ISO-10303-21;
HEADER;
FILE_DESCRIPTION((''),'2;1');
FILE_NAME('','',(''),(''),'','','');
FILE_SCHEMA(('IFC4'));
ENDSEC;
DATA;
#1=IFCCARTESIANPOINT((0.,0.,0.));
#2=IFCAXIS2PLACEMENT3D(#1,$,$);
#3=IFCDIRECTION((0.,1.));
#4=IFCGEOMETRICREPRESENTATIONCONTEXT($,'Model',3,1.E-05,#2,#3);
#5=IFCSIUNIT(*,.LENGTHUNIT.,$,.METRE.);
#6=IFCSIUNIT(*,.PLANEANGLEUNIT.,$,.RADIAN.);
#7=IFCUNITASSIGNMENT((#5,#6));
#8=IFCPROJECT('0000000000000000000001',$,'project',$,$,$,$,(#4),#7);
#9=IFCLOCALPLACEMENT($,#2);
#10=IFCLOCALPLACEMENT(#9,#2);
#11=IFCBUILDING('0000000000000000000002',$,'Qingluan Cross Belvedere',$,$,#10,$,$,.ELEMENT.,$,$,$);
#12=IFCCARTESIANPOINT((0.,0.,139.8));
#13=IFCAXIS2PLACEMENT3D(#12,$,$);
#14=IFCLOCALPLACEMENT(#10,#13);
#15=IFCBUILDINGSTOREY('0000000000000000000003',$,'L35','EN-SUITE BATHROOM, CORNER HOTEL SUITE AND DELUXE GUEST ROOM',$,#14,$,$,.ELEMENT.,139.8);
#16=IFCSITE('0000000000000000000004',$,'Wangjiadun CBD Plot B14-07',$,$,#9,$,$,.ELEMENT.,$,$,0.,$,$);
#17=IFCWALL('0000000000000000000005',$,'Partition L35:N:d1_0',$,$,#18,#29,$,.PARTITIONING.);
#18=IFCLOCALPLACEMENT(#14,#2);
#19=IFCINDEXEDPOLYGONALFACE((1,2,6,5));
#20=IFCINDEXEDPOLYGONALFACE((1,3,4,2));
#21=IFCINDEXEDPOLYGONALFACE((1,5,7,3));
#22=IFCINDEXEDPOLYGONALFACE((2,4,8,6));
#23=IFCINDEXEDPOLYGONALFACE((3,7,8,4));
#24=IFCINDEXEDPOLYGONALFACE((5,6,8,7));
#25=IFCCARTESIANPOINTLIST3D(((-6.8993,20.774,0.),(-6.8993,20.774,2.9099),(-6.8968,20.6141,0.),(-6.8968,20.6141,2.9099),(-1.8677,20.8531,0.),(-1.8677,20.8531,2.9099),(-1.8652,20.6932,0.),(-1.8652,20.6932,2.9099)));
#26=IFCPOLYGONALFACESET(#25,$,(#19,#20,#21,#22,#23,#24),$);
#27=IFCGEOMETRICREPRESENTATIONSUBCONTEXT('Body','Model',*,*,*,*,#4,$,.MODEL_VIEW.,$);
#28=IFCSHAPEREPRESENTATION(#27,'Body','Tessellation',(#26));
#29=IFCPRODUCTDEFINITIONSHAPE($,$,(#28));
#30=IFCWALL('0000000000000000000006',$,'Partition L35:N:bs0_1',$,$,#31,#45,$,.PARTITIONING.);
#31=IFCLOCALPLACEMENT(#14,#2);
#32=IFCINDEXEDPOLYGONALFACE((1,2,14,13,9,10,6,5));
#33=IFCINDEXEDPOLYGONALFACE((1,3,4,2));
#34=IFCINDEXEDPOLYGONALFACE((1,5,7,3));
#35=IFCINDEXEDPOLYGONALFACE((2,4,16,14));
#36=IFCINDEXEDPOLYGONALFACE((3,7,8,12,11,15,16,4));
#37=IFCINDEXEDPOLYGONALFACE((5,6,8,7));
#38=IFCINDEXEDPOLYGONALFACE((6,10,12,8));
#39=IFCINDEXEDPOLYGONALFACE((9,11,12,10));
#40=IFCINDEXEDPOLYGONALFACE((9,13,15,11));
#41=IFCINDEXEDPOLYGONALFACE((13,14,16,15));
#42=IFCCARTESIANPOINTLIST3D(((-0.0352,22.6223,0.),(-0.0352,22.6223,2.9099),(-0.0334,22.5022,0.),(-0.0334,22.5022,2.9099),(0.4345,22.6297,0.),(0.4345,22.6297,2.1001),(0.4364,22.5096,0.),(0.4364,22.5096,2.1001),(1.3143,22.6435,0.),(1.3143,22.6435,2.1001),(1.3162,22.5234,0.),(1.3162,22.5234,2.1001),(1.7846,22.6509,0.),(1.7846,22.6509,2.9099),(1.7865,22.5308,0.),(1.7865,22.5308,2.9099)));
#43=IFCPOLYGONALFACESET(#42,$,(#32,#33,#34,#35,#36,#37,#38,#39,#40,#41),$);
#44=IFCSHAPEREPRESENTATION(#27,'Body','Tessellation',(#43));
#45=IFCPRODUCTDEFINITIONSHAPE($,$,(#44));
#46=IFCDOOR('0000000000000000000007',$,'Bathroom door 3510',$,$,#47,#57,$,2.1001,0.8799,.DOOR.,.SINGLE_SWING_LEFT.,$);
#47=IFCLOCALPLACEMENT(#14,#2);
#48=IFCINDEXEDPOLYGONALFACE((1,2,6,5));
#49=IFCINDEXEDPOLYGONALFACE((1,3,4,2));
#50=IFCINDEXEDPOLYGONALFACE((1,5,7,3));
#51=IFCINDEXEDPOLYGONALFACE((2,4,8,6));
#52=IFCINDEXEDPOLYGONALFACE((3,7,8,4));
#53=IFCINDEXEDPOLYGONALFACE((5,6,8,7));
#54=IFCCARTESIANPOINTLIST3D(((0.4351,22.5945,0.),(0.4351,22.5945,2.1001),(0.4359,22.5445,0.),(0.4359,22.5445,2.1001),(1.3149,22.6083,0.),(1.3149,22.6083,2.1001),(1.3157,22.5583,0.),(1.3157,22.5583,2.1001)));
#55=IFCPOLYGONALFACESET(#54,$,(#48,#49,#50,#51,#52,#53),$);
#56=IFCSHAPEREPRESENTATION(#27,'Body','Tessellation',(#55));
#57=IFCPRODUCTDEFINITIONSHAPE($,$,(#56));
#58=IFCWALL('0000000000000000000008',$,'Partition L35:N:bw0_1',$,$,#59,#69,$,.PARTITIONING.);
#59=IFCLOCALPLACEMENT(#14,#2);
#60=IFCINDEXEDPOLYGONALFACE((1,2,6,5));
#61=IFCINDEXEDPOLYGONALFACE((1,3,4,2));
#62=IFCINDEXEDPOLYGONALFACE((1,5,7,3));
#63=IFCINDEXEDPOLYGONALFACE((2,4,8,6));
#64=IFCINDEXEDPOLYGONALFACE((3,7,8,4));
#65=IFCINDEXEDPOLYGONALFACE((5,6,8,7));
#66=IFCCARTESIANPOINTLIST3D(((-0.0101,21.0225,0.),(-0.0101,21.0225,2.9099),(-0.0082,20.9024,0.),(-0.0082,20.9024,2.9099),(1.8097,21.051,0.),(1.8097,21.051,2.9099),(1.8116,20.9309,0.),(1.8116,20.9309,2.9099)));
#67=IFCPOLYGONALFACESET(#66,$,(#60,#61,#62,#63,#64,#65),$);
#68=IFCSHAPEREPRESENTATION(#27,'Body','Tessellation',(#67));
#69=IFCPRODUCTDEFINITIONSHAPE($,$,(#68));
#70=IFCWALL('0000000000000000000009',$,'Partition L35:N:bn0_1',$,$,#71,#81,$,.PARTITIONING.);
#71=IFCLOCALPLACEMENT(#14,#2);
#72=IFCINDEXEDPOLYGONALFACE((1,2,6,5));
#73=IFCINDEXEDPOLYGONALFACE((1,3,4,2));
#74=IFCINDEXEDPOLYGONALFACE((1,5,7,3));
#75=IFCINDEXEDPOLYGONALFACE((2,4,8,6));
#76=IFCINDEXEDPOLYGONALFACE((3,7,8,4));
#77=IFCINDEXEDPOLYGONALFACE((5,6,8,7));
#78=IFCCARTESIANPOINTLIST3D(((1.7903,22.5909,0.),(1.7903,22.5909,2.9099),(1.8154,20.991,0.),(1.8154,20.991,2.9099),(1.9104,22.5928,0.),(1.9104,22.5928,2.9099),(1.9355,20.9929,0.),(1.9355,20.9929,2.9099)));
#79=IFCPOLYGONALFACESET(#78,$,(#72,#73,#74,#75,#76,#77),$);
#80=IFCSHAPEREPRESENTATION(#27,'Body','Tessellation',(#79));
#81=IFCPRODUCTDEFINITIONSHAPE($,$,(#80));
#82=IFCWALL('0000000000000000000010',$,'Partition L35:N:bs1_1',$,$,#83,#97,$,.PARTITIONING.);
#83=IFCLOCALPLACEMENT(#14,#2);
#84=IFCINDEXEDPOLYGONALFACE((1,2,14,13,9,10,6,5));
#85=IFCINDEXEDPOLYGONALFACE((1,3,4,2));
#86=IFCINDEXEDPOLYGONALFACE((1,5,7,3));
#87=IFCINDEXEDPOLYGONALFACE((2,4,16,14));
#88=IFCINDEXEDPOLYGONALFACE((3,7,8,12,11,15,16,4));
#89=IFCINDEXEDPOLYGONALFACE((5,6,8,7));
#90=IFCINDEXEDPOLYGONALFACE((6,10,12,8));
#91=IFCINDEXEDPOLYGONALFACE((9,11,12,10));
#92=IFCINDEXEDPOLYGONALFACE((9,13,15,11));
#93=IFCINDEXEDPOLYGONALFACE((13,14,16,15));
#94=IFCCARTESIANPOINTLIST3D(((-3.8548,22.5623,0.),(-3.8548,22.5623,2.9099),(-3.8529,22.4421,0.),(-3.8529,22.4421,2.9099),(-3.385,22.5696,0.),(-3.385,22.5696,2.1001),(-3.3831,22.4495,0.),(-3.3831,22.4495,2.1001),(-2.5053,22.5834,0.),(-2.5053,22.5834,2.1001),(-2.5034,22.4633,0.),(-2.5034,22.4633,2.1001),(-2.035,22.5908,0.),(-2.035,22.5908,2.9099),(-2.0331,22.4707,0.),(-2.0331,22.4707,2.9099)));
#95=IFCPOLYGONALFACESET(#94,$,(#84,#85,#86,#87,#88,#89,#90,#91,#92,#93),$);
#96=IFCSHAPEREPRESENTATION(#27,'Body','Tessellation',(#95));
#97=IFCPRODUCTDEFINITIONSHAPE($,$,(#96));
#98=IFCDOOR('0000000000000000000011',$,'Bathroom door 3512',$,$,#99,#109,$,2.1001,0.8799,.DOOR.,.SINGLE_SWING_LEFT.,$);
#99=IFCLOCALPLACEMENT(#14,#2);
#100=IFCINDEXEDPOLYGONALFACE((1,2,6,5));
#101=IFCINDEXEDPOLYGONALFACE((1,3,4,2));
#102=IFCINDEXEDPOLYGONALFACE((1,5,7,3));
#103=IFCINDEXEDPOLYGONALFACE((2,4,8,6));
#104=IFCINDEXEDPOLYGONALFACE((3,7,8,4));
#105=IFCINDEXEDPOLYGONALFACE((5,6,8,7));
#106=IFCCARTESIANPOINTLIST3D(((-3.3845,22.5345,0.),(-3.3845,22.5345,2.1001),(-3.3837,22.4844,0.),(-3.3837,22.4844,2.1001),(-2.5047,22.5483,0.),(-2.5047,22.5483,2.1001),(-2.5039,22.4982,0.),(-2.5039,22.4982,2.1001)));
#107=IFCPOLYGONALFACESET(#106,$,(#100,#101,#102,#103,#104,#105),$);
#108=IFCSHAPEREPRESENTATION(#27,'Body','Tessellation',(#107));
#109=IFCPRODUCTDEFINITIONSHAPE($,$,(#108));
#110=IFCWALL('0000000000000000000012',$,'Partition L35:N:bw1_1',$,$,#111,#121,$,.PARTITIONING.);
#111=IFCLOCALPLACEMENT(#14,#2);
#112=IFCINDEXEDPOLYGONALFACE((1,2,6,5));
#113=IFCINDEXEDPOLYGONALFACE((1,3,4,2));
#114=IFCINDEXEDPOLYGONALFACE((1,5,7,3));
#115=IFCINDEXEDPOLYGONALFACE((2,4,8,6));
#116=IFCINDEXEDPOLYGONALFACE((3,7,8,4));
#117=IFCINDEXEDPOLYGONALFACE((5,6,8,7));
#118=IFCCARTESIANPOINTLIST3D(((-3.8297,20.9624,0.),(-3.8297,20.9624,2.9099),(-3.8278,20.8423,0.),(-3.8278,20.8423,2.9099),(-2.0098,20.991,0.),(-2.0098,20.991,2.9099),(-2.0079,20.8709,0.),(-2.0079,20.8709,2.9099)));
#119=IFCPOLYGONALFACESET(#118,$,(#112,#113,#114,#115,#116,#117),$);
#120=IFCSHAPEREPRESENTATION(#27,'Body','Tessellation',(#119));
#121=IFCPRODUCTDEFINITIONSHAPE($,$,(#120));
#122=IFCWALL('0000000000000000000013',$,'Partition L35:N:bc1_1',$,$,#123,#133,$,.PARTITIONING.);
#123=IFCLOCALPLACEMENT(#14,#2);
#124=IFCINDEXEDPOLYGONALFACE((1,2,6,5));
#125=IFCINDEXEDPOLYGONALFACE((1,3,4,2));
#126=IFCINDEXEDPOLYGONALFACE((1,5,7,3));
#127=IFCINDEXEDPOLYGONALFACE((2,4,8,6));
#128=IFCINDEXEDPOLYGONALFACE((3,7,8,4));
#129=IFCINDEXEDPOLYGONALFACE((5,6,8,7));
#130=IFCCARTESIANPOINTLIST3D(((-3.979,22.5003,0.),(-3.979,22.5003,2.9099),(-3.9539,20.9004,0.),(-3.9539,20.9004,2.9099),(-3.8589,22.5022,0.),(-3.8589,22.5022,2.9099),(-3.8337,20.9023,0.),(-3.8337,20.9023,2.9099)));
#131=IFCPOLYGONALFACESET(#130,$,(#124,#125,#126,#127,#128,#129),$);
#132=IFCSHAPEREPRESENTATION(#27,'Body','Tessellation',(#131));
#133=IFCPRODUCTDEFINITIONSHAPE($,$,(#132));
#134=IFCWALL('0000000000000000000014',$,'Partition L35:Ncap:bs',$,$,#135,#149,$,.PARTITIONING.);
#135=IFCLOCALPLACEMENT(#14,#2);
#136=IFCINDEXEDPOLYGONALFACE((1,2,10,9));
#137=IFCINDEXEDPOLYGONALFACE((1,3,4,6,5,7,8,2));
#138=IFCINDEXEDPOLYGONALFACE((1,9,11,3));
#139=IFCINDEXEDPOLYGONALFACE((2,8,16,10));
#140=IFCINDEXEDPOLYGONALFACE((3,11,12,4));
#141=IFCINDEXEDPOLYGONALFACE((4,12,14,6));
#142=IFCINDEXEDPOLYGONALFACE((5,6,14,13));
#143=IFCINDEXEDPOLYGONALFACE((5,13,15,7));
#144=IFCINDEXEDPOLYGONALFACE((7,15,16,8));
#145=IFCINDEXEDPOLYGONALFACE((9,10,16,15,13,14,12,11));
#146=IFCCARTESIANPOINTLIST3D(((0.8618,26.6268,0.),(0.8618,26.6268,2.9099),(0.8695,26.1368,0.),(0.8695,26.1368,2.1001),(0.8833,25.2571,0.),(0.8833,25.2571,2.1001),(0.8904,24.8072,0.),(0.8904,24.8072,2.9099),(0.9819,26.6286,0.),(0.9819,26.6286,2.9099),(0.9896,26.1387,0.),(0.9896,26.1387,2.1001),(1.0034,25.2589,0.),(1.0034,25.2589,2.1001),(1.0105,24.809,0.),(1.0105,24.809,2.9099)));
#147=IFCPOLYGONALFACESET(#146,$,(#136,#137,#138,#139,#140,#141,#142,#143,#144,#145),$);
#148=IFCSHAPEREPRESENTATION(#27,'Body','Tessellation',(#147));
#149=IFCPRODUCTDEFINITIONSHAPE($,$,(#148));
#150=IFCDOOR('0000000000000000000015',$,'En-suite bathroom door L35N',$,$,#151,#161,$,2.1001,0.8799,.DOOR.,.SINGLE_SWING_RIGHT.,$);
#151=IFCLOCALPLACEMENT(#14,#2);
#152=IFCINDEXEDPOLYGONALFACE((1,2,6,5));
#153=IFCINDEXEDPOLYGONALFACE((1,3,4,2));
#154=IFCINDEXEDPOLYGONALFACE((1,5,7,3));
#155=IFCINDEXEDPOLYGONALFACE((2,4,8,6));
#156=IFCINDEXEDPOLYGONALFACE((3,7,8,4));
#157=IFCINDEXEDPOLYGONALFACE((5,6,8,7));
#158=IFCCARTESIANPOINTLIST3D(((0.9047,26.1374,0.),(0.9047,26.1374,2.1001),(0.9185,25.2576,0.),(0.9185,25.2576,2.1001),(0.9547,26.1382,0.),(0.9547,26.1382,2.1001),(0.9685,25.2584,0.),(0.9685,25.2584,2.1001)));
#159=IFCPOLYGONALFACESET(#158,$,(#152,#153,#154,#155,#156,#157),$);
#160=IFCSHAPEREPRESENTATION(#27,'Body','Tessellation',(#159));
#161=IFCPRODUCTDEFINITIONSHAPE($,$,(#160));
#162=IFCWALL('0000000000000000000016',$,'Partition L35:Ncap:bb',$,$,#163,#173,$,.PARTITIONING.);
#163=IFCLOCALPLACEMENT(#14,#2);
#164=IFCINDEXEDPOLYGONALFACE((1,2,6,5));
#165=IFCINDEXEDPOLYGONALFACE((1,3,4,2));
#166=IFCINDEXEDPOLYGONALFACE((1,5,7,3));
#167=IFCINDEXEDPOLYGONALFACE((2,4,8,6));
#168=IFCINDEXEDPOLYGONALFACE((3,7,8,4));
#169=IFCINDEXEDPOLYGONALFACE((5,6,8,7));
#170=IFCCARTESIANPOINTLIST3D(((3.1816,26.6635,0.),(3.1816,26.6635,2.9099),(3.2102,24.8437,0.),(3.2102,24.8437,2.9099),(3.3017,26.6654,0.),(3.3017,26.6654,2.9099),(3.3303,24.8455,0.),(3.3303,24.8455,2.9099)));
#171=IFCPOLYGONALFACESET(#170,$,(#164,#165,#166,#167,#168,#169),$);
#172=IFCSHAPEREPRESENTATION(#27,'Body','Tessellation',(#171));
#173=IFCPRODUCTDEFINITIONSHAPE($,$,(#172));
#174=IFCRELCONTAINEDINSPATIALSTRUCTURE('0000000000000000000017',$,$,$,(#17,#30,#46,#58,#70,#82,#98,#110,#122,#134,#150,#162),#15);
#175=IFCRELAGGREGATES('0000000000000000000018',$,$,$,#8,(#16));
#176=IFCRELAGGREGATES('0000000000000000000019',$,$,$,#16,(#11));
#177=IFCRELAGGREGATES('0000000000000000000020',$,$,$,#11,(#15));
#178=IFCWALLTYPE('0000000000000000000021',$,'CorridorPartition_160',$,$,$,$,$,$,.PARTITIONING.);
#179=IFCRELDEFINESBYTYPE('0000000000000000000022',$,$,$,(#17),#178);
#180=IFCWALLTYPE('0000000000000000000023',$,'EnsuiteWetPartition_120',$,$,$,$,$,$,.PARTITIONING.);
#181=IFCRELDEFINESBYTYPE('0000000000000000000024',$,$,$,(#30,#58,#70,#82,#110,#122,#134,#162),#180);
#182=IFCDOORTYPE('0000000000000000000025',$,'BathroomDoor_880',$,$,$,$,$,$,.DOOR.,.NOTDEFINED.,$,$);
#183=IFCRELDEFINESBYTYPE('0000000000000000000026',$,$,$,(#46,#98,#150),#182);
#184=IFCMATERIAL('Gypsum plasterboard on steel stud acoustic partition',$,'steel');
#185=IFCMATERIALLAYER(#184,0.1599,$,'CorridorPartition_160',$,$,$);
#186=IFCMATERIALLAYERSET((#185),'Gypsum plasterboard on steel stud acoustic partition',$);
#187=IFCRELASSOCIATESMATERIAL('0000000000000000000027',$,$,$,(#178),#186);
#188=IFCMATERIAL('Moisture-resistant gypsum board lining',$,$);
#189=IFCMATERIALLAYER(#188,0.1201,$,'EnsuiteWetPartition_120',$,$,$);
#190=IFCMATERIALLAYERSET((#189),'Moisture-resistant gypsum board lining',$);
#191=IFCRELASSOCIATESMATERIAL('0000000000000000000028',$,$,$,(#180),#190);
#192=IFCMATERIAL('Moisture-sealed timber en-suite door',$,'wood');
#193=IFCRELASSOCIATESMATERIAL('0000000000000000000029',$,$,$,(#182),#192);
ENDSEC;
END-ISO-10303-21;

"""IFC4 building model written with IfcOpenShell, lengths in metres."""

from ifc_helpers import new_model, si_unit, direction, frame, frame_2d, origin, place, context, subcontext, project, spatial, rectangle, extrude, material, layer, layer_set, type_object, element, fill, save


model = new_model("IFC4")

# Units and contexts
model_context = context("Model", 3, precision=1e-05, world=origin(), true_north=direction((0.0, 1.0)))
body_context = subcontext(model_context, "Body", "Model", "MODEL_VIEW")
ifc_project = project(units=[si_unit("LENGTHUNIT", "METRE"), si_unit("PLANEANGLEUNIT", "RADIAN")], contexts=[model_context])

# Site, building, storey
site_placement = place(None, origin())
site = spatial("IfcSite", under=ifc_project, at=site_placement, Name="Wangjiadun CBD Plot B14-07", CompositionType="ELEMENT", RefElevation=0.0)
building_placement = place(site_placement, origin())
building = spatial("IfcBuilding", under=site, at=building_placement, Name="Qingluan Cross Belvedere", CompositionType="ELEMENT")
storey_placement = place(building_placement, frame((0.0, 0.0, 139.8)))
storey = spatial("IfcBuildingStorey", under=building, at=storey_placement, Name="L35", Description="EN-SUITE BATHROOM, CORNER HOTEL SUITE AND DELUXE GUEST ROOM", CompositionType="ELEMENT", Elevation=139.8)

# Wall
ifc_material_1 = material(Name="Gypsum plasterboard on steel stud acoustic partition", Category="steel")
ifc_layer_1 = layer(ifc_material_1, 0.1599, Name="CorridorPartition_160")
ifc_layer_set_1 = layer_set([ifc_layer_1], Name="Gypsum plasterboard on steel stud acoustic partition")
wall_type_1 = type_object("IfcWallType", Name="CorridorPartition_160", PredefinedType="PARTITIONING", material=ifc_layer_set_1)
wall_1_placement = place(storey_placement, frame((-1.8665, 20.7732, 0.0), z_axis=(0.0, 0.0, 1.0), x_axis=(-0.999876, -0.015719, 0.0)))
element("IfcWall", 1, at=wall_1_placement, inside=storey, type_object=wall_type_1, Name="Partition L35:N:d1_0", PredefinedType="PARTITIONING", context=body_context, shape_type="SweptSolid", body=[
    extrude(rectangle(XDim=5.0322, YDim=0.1599, at=frame_2d((2.5161, 0.0))), origin(), (0.0, 0.0, 1.0), 2.9099),
])

# Wall, opening, door
ifc_material_2 = material(Name="Moisture-resistant gypsum board lining")
ifc_layer_2 = layer(ifc_material_2, 0.1201, Name="EnsuiteWetPartition_120")
ifc_layer_set_2 = layer_set([ifc_layer_2], Name="Moisture-resistant gypsum board lining")
wall_type_2 = type_object("IfcWallType", Name="EnsuiteWetPartition_120", PredefinedType="PARTITIONING", material=ifc_layer_set_2)
wall_2_placement = place(storey_placement, frame((-0.0344, 22.5623, 0.0), z_axis=(0.0, 0.0, 1.0), x_axis=(0.999877, 0.015694, 0.0)))
wall_2 = element("IfcWall", 2, at=wall_2_placement, inside=storey, type_object=wall_type_2, Name="Partition L35:N:bs0_1", PredefinedType="PARTITIONING", context=body_context, shape_type="SweptSolid", body=[
    extrude(rectangle(XDim=1.8201, YDim=0.1201, at=frame_2d((0.9102, 0.0))), origin(), (0.0, 0.0, 1.0), 2.9099),
])
opening_1_placement = place(wall_2_placement, frame((0.47, 0.0, 0.0)))
opening_1 = element("IfcOpeningElement", 3, at=opening_1_placement, cuts=wall_2, PredefinedType="OPENING", context=body_context, shape_type="SweptSolid", body=[
    extrude(rectangle(XDim=0.8799, YDim=2.1001, at=frame_2d((0.4399, 1.05))), frame((0.0, 0.0701, 0.0), z_axis=(0.0, -1.0, 0.0), x_axis=(1.0, 0.0, 0.0)), (0.0, 0.0, 1.0), 0.1401),
])
ifc_material_3 = material(Name="Moisture-sealed timber en-suite door", Category="wood")
door_type = type_object("IfcDoorType", Name="BathroomDoor_880", OperationType="NOTDEFINED", PredefinedType="DOOR", material=ifc_material_3)
door_1_placement = place(opening_1_placement, origin())
door_1 = element("IfcDoor", 4, at=door_1_placement, inside=storey, type_object=door_type, Name="Bathroom door 3510", OperationType="SINGLE_SWING_LEFT", OverallHeight=2.1001, OverallWidth=0.8799, PredefinedType="DOOR", context=body_context, shape_type="SweptSolid", body=[
    extrude(rectangle(XDim=0.8799, YDim=2.1001, at=frame_2d((0.4399, 1.05))), frame((0.0, 0.0249, 0.0), z_axis=(0.0, -1.0, 0.0), x_axis=(1.0, 0.0, 0.0)), (0.0, 0.0, 1.0), 0.05),
])
fill(opening_1, door_1)

# Walls
wall_3_placement = place(storey_placement, frame((-0.0093, 20.9624, 0.0), z_axis=(0.0, 0.0, 1.0), x_axis=(0.999877, 0.015694, 0.0)))
element("IfcWall", 5, at=wall_3_placement, inside=storey, type_object=wall_type_2, Name="Partition L35:N:bw0_1", PredefinedType="PARTITIONING", context=body_context, shape_type="SweptSolid", body=[
    extrude(rectangle(XDim=1.8201, YDim=0.1201, at=frame_2d((0.9102, 0.0))), origin(), (0.0, 0.0, 1.0), 2.9099),
])
wall_4_placement = place(storey_placement, frame((1.8755, 20.9919, 0.0), z_axis=(0.0, 0.0, 1.0), x_axis=(-0.015716, 0.999876, 0.0)))
element("IfcWall", 6, at=wall_4_placement, inside=storey, type_object=wall_type_2, Name="Partition L35:N:bn0_1", PredefinedType="PARTITIONING", context=body_context, shape_type="SweptSolid", body=[
    extrude(rectangle(XDim=1.6001, YDim=0.1201, at=frame_2d((0.8, 0.0))), origin(), (0.0, 0.0, 1.0), 2.9099),
])

# Wall, opening, door
wall_5_placement = place(storey_placement, frame((-3.854, 22.5022, 0.0), z_axis=(0.0, 0.0, 1.0), x_axis=(0.999877, 0.015694, 0.0)))
wall_5 = element("IfcWall", 7, at=wall_5_placement, inside=storey, type_object=wall_type_2, Name="Partition L35:N:bs1_1", PredefinedType="PARTITIONING", context=body_context, shape_type="SweptSolid", body=[
    extrude(rectangle(XDim=1.8201, YDim=0.1201, at=frame_2d((0.9102, 0.0))), origin(), (0.0, 0.0, 1.0), 2.9099),
])
opening_2_placement = place(wall_5_placement, frame((0.47, 0.0, 0.0)))
opening_2 = element("IfcOpeningElement", 8, at=opening_2_placement, cuts=wall_5, PredefinedType="OPENING", context=body_context, shape_type="SweptSolid", body=[
    extrude(rectangle(XDim=0.8799, YDim=2.1001, at=frame_2d((0.4399, 1.05))), frame((0.0, 0.0701, 0.0), z_axis=(0.0, -1.0, 0.0), x_axis=(1.0, 0.0, 0.0)), (0.0, 0.0, 1.0), 0.1401),
])
door_2_placement = place(opening_2_placement, origin())
door_2 = element("IfcDoor", 9, at=door_2_placement, inside=storey, type_object=door_type, Name="Bathroom door 3512", OperationType="SINGLE_SWING_LEFT", OverallHeight=2.1001, OverallWidth=0.8799, PredefinedType="DOOR", context=body_context, shape_type="SweptSolid", body=[
    extrude(rectangle(XDim=0.8799, YDim=2.1001, at=frame_2d((0.4399, 1.05))), frame((0.0, 0.0249, 0.0), z_axis=(0.0, -1.0, 0.0), x_axis=(1.0, 0.0, 0.0)), (0.0, 0.0, 1.0), 0.05),
])
fill(opening_2, door_2)

# Walls
wall_6_placement = place(storey_placement, frame((-3.8289, 20.9023, 0.0), z_axis=(0.0, 0.0, 1.0), x_axis=(0.999877, 0.015694, 0.0)))
element("IfcWall", 10, at=wall_6_placement, inside=storey, type_object=wall_type_2, Name="Partition L35:N:bw1_1", PredefinedType="PARTITIONING", context=body_context, shape_type="SweptSolid", body=[
    extrude(rectangle(XDim=1.8201, YDim=0.1201, at=frame_2d((0.9102, 0.0))), origin(), (0.0, 0.0, 1.0), 2.9099),
])
wall_7_placement = place(storey_placement, frame((-3.8938, 20.9014, 0.0), z_axis=(0.0, 0.0, 1.0), x_axis=(-0.015716, 0.999876, 0.0)))
element("IfcWall", 11, at=wall_7_placement, inside=storey, type_object=wall_type_2, Name="Partition L35:N:bc1_1", PredefinedType="PARTITIONING", context=body_context, shape_type="SweptSolid", body=[
    extrude(rectangle(XDim=1.6001, YDim=0.1201, at=frame_2d((0.8, 0.0))), origin(), (0.0, 0.0, 1.0), 2.9099),
])

# Wall, opening, door
wall_8_placement = place(storey_placement, frame((0.9504, 24.8081, 0.0), z_axis=(0.0, 0.0, 1.0), x_axis=(-0.015696, 0.999877, 0.0)))
wall_8 = element("IfcWall", 12, at=wall_8_placement, inside=storey, type_object=wall_type_2, Name="Partition L35:Ncap:bs", PredefinedType="PARTITIONING", context=body_context, shape_type="SweptSolid", body=[
    extrude(rectangle(XDim=1.8198, YDim=0.1201, at=frame_2d((0.9099, 0.0))), origin(), (0.0, 0.0, 1.0), 2.9099),
])
opening_3_placement = place(wall_8_placement, frame((0.45, 0.0, 0.0)))
opening_3 = element("IfcOpeningElement", 13, at=opening_3_placement, cuts=wall_8, PredefinedType="OPENING", context=body_context, shape_type="SweptSolid", body=[
    extrude(rectangle(XDim=0.8799, YDim=2.1001, at=frame_2d((0.4399, 1.05))), frame((0.0, 0.0701, 0.0), z_axis=(0.0, -1.0, 0.0), x_axis=(1.0, 0.0, 0.0)), (0.0, 0.0, 1.0), 0.1401),
])
door_3_placement = place(opening_3_placement, origin())
door_3 = element("IfcDoor", 14, at=door_3_placement, inside=storey, type_object=door_type, Name="En-suite bathroom door L35N", OperationType="SINGLE_SWING_RIGHT", OverallHeight=2.1001, OverallWidth=0.8799, PredefinedType="DOOR", context=body_context, shape_type="SweptSolid", body=[
    extrude(rectangle(XDim=0.8799, YDim=2.1001, at=frame_2d((0.4399, 1.05))), frame((0.0, 0.0249, 0.0), z_axis=(0.0, -1.0, 0.0), x_axis=(1.0, 0.0, 0.0)), (0.0, 0.0, 1.0), 0.05),
])
fill(opening_3, door_3)

# Wall
wall_9_placement = place(storey_placement, frame((3.2703, 24.8445, 0.0), z_axis=(0.0, 0.0, 1.0), x_axis=(-0.015694, 0.999877, 0.0)))
element("IfcWall", 15, at=wall_9_placement, inside=storey, type_object=wall_type_2, Name="Partition L35:Ncap:bb", PredefinedType="PARTITIONING", context=body_context, shape_type="SweptSolid", body=[
    extrude(rectangle(XDim=1.8201, YDim=0.1201, at=frame_2d((0.9102, 0.0))), origin(), (0.0, 0.0, 1.0), 2.9099),
])

save(model, "model.ifc")
